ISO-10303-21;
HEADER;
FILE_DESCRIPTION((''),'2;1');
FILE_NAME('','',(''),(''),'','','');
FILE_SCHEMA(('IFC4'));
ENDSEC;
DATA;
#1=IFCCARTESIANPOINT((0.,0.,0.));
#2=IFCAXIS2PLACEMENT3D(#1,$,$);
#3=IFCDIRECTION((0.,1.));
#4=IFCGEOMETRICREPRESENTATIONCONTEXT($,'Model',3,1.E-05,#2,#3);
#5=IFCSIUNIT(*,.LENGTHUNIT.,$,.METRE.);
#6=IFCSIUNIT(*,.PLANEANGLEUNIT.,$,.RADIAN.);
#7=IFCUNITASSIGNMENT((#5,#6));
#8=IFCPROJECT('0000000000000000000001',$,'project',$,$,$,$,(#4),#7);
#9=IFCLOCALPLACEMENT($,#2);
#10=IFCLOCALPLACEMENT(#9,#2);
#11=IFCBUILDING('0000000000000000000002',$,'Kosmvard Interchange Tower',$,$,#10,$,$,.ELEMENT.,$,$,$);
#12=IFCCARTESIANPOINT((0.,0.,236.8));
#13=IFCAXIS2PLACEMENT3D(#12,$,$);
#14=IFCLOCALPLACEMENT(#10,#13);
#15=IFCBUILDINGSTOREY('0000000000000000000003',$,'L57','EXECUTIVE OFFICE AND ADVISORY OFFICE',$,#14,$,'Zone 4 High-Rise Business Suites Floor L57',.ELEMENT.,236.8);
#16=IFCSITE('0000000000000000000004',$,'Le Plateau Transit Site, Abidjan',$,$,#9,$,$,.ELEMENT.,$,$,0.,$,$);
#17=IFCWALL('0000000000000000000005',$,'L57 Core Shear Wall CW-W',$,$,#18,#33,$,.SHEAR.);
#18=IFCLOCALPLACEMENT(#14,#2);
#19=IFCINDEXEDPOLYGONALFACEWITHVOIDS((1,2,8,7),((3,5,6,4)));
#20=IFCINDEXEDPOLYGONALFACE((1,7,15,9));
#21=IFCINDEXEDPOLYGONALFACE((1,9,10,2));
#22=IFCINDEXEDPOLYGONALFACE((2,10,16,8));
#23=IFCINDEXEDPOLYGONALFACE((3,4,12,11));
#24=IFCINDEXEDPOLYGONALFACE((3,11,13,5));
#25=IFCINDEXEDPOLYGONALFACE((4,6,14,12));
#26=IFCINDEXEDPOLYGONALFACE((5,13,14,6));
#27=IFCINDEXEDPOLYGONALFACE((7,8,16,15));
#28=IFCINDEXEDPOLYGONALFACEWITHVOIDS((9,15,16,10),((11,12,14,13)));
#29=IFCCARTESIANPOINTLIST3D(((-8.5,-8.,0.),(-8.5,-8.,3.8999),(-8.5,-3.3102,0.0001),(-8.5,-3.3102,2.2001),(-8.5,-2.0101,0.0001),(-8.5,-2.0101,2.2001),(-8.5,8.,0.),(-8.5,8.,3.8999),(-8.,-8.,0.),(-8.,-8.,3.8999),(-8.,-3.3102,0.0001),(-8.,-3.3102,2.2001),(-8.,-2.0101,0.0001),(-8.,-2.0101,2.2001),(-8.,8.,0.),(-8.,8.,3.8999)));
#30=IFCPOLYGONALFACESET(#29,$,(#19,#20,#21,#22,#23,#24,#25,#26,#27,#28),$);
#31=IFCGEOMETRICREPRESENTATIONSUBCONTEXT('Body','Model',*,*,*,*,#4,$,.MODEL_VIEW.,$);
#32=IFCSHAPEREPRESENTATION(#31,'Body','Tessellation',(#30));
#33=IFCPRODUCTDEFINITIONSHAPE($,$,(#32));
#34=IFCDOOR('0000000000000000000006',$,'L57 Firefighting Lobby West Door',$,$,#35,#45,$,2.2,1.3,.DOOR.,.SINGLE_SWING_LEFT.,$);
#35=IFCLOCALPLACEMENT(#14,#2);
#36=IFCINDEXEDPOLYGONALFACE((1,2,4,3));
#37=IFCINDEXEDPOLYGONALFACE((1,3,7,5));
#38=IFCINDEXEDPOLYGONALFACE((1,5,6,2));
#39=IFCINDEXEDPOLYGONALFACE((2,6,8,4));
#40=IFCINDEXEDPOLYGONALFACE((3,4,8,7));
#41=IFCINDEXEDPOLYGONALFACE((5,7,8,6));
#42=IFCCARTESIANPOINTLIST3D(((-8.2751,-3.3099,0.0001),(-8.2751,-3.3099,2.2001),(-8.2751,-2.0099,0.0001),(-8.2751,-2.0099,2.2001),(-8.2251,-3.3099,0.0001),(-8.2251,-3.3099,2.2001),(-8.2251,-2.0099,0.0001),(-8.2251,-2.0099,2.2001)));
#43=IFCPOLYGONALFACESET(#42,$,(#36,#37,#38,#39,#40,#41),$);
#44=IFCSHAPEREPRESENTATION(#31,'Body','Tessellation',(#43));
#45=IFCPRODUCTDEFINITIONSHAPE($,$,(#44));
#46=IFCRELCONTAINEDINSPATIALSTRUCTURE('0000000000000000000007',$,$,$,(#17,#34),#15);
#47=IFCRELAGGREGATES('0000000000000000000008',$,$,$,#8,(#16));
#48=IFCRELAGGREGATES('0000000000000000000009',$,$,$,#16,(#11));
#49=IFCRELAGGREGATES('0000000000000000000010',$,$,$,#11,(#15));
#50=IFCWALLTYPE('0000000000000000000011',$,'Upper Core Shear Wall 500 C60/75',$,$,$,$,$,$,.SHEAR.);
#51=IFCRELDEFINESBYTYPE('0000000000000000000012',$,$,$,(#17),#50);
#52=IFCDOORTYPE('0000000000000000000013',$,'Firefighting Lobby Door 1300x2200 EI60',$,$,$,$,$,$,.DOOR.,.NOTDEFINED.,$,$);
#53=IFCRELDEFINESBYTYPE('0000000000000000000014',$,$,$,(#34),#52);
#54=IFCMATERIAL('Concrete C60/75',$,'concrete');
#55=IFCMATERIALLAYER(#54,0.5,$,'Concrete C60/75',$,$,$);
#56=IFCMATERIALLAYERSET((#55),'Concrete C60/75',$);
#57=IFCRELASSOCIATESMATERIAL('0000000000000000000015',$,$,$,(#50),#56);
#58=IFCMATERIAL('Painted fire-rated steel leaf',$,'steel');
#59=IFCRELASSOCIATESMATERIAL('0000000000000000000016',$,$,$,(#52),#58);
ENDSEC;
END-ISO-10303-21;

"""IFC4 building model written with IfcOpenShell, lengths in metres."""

from ifc_helpers import new_model, si_unit, direction, frame, frame_2d, origin, place, context, subcontext, project, spatial, rectangle, extrude, source, transform, mapped, material, layer, layer_set, type_object, element, fill, save


model = new_model("IFC4")

# Units and contexts
model_context = context("Model", 3, precision=1e-05, world=origin(), true_north=direction((0.0, 1.0)))
body_context = subcontext(model_context, "Body", "Model", "MODEL_VIEW")
ifc_project = project(units=[si_unit("LENGTHUNIT", "METRE"), si_unit("PLANEANGLEUNIT", "RADIAN")], contexts=[model_context])

# Site, building, storey
site_placement = place(None, origin())
site = spatial("IfcSite", under=ifc_project, at=site_placement, Name="Le Plateau Transit Site, Abidjan", CompositionType="ELEMENT", RefElevation=0.0)
building_placement = place(site_placement, origin())
building = spatial("IfcBuilding", under=site, at=building_placement, Name="Kosmvard Interchange Tower", CompositionType="ELEMENT")
storey_placement = place(building_placement, frame((0.0, 0.0, 236.8)))
storey = spatial("IfcBuildingStorey", under=building, at=storey_placement, Name="L57", Description="EXECUTIVE OFFICE AND ADVISORY OFFICE", LongName="Zone 4 High-Rise Business Suites Floor L57", CompositionType="ELEMENT", Elevation=236.8)

# Wall, opening, door
ifc_material_1 = material(Name="Concrete C60/75", Category="concrete")
ifc_layer_1 = layer(ifc_material_1, 0.5, Name="Concrete C60/75")
ifc_layer_set_1 = layer_set([ifc_layer_1], Name="Concrete C60/75")
wall_type_1 = type_object("IfcWallType", Name="Upper Core Shear Wall 500 C60/75", PredefinedType="SHEAR", material=ifc_layer_set_1)
wall_1_placement = place(storey_placement, frame((-8.25, -8.0, 0.0), z_axis=(0.0, 0.0, 1.0), x_axis=(0.0, 1.0, 0.0)))
wall_1 = element("IfcWall", 1, at=wall_1_placement, inside=storey, type_object=wall_type_1, Name="L57 Core Shear Wall CW-W", PredefinedType="SHEAR", context=body_context, shape_type="SweptSolid", body=[
    extrude(rectangle(XDim=16.0, YDim=0.5, at=frame_2d((8.0, 0.0))), origin(), (0.0, 0.0, 1.0), 3.8999),
])
opening_1_placement = place(wall_1_placement, frame((4.6899, 0.0, 0.0)))
opening_1 = element("IfcOpeningElement", 2, at=opening_1_placement, cuts=wall_1, PredefinedType="OPENING", context=body_context, shape_type="SweptSolid", body=[
    extrude(rectangle(XDim=1.3, YDim=2.2, at=frame_2d((0.6499, 1.1001))), frame((0.0, 0.26, 0.0), z_axis=(0.0, -1.0, 0.0), x_axis=(1.0, 0.0, 0.0)), (0.0, 0.0, 1.0), 0.52),
])
ifc_material_2 = material(Name="Painted fire-rated steel leaf", Category="steel")
door_type = type_object("IfcDoorType", Name="Firefighting Lobby Door 1300x2200 EI60", OperationType="NOTDEFINED", PredefinedType="DOOR", material=ifc_material_2)
shared_shape_1 = source(origin(), body_context, "Body", "SweptSolid", [
    extrude(rectangle(XDim=1.3, YDim=2.2, at=frame_2d((0.6499, 1.1001))), frame((0.0, 0.0249, 0.0), z_axis=(0.0, -1.0, 0.0), x_axis=(1.0, 0.0, 0.0)), (0.0, 0.0, 1.0), 0.05),
])
door_placement = place(opening_1_placement, frame((1.3, 0.0, 0.0), z_axis=(0.0, 0.0, 1.0), x_axis=(-1.0, 0.0, 0.0)))
door = element("IfcDoor", 3, at=door_placement, inside=storey, type_object=door_type, Name="L57 Firefighting Lobby West Door", OperationType="SINGLE_SWING_LEFT", OverallHeight=2.2, OverallWidth=1.3, PredefinedType="DOOR", context=body_context, shape_type="MappedRepresentation", body=[
    mapped(shared_shape_1, transform((0.0, 0.0, 0.0), scale=1.0)),
])
fill(opening_1, door)

save(model, "model.ifc")
